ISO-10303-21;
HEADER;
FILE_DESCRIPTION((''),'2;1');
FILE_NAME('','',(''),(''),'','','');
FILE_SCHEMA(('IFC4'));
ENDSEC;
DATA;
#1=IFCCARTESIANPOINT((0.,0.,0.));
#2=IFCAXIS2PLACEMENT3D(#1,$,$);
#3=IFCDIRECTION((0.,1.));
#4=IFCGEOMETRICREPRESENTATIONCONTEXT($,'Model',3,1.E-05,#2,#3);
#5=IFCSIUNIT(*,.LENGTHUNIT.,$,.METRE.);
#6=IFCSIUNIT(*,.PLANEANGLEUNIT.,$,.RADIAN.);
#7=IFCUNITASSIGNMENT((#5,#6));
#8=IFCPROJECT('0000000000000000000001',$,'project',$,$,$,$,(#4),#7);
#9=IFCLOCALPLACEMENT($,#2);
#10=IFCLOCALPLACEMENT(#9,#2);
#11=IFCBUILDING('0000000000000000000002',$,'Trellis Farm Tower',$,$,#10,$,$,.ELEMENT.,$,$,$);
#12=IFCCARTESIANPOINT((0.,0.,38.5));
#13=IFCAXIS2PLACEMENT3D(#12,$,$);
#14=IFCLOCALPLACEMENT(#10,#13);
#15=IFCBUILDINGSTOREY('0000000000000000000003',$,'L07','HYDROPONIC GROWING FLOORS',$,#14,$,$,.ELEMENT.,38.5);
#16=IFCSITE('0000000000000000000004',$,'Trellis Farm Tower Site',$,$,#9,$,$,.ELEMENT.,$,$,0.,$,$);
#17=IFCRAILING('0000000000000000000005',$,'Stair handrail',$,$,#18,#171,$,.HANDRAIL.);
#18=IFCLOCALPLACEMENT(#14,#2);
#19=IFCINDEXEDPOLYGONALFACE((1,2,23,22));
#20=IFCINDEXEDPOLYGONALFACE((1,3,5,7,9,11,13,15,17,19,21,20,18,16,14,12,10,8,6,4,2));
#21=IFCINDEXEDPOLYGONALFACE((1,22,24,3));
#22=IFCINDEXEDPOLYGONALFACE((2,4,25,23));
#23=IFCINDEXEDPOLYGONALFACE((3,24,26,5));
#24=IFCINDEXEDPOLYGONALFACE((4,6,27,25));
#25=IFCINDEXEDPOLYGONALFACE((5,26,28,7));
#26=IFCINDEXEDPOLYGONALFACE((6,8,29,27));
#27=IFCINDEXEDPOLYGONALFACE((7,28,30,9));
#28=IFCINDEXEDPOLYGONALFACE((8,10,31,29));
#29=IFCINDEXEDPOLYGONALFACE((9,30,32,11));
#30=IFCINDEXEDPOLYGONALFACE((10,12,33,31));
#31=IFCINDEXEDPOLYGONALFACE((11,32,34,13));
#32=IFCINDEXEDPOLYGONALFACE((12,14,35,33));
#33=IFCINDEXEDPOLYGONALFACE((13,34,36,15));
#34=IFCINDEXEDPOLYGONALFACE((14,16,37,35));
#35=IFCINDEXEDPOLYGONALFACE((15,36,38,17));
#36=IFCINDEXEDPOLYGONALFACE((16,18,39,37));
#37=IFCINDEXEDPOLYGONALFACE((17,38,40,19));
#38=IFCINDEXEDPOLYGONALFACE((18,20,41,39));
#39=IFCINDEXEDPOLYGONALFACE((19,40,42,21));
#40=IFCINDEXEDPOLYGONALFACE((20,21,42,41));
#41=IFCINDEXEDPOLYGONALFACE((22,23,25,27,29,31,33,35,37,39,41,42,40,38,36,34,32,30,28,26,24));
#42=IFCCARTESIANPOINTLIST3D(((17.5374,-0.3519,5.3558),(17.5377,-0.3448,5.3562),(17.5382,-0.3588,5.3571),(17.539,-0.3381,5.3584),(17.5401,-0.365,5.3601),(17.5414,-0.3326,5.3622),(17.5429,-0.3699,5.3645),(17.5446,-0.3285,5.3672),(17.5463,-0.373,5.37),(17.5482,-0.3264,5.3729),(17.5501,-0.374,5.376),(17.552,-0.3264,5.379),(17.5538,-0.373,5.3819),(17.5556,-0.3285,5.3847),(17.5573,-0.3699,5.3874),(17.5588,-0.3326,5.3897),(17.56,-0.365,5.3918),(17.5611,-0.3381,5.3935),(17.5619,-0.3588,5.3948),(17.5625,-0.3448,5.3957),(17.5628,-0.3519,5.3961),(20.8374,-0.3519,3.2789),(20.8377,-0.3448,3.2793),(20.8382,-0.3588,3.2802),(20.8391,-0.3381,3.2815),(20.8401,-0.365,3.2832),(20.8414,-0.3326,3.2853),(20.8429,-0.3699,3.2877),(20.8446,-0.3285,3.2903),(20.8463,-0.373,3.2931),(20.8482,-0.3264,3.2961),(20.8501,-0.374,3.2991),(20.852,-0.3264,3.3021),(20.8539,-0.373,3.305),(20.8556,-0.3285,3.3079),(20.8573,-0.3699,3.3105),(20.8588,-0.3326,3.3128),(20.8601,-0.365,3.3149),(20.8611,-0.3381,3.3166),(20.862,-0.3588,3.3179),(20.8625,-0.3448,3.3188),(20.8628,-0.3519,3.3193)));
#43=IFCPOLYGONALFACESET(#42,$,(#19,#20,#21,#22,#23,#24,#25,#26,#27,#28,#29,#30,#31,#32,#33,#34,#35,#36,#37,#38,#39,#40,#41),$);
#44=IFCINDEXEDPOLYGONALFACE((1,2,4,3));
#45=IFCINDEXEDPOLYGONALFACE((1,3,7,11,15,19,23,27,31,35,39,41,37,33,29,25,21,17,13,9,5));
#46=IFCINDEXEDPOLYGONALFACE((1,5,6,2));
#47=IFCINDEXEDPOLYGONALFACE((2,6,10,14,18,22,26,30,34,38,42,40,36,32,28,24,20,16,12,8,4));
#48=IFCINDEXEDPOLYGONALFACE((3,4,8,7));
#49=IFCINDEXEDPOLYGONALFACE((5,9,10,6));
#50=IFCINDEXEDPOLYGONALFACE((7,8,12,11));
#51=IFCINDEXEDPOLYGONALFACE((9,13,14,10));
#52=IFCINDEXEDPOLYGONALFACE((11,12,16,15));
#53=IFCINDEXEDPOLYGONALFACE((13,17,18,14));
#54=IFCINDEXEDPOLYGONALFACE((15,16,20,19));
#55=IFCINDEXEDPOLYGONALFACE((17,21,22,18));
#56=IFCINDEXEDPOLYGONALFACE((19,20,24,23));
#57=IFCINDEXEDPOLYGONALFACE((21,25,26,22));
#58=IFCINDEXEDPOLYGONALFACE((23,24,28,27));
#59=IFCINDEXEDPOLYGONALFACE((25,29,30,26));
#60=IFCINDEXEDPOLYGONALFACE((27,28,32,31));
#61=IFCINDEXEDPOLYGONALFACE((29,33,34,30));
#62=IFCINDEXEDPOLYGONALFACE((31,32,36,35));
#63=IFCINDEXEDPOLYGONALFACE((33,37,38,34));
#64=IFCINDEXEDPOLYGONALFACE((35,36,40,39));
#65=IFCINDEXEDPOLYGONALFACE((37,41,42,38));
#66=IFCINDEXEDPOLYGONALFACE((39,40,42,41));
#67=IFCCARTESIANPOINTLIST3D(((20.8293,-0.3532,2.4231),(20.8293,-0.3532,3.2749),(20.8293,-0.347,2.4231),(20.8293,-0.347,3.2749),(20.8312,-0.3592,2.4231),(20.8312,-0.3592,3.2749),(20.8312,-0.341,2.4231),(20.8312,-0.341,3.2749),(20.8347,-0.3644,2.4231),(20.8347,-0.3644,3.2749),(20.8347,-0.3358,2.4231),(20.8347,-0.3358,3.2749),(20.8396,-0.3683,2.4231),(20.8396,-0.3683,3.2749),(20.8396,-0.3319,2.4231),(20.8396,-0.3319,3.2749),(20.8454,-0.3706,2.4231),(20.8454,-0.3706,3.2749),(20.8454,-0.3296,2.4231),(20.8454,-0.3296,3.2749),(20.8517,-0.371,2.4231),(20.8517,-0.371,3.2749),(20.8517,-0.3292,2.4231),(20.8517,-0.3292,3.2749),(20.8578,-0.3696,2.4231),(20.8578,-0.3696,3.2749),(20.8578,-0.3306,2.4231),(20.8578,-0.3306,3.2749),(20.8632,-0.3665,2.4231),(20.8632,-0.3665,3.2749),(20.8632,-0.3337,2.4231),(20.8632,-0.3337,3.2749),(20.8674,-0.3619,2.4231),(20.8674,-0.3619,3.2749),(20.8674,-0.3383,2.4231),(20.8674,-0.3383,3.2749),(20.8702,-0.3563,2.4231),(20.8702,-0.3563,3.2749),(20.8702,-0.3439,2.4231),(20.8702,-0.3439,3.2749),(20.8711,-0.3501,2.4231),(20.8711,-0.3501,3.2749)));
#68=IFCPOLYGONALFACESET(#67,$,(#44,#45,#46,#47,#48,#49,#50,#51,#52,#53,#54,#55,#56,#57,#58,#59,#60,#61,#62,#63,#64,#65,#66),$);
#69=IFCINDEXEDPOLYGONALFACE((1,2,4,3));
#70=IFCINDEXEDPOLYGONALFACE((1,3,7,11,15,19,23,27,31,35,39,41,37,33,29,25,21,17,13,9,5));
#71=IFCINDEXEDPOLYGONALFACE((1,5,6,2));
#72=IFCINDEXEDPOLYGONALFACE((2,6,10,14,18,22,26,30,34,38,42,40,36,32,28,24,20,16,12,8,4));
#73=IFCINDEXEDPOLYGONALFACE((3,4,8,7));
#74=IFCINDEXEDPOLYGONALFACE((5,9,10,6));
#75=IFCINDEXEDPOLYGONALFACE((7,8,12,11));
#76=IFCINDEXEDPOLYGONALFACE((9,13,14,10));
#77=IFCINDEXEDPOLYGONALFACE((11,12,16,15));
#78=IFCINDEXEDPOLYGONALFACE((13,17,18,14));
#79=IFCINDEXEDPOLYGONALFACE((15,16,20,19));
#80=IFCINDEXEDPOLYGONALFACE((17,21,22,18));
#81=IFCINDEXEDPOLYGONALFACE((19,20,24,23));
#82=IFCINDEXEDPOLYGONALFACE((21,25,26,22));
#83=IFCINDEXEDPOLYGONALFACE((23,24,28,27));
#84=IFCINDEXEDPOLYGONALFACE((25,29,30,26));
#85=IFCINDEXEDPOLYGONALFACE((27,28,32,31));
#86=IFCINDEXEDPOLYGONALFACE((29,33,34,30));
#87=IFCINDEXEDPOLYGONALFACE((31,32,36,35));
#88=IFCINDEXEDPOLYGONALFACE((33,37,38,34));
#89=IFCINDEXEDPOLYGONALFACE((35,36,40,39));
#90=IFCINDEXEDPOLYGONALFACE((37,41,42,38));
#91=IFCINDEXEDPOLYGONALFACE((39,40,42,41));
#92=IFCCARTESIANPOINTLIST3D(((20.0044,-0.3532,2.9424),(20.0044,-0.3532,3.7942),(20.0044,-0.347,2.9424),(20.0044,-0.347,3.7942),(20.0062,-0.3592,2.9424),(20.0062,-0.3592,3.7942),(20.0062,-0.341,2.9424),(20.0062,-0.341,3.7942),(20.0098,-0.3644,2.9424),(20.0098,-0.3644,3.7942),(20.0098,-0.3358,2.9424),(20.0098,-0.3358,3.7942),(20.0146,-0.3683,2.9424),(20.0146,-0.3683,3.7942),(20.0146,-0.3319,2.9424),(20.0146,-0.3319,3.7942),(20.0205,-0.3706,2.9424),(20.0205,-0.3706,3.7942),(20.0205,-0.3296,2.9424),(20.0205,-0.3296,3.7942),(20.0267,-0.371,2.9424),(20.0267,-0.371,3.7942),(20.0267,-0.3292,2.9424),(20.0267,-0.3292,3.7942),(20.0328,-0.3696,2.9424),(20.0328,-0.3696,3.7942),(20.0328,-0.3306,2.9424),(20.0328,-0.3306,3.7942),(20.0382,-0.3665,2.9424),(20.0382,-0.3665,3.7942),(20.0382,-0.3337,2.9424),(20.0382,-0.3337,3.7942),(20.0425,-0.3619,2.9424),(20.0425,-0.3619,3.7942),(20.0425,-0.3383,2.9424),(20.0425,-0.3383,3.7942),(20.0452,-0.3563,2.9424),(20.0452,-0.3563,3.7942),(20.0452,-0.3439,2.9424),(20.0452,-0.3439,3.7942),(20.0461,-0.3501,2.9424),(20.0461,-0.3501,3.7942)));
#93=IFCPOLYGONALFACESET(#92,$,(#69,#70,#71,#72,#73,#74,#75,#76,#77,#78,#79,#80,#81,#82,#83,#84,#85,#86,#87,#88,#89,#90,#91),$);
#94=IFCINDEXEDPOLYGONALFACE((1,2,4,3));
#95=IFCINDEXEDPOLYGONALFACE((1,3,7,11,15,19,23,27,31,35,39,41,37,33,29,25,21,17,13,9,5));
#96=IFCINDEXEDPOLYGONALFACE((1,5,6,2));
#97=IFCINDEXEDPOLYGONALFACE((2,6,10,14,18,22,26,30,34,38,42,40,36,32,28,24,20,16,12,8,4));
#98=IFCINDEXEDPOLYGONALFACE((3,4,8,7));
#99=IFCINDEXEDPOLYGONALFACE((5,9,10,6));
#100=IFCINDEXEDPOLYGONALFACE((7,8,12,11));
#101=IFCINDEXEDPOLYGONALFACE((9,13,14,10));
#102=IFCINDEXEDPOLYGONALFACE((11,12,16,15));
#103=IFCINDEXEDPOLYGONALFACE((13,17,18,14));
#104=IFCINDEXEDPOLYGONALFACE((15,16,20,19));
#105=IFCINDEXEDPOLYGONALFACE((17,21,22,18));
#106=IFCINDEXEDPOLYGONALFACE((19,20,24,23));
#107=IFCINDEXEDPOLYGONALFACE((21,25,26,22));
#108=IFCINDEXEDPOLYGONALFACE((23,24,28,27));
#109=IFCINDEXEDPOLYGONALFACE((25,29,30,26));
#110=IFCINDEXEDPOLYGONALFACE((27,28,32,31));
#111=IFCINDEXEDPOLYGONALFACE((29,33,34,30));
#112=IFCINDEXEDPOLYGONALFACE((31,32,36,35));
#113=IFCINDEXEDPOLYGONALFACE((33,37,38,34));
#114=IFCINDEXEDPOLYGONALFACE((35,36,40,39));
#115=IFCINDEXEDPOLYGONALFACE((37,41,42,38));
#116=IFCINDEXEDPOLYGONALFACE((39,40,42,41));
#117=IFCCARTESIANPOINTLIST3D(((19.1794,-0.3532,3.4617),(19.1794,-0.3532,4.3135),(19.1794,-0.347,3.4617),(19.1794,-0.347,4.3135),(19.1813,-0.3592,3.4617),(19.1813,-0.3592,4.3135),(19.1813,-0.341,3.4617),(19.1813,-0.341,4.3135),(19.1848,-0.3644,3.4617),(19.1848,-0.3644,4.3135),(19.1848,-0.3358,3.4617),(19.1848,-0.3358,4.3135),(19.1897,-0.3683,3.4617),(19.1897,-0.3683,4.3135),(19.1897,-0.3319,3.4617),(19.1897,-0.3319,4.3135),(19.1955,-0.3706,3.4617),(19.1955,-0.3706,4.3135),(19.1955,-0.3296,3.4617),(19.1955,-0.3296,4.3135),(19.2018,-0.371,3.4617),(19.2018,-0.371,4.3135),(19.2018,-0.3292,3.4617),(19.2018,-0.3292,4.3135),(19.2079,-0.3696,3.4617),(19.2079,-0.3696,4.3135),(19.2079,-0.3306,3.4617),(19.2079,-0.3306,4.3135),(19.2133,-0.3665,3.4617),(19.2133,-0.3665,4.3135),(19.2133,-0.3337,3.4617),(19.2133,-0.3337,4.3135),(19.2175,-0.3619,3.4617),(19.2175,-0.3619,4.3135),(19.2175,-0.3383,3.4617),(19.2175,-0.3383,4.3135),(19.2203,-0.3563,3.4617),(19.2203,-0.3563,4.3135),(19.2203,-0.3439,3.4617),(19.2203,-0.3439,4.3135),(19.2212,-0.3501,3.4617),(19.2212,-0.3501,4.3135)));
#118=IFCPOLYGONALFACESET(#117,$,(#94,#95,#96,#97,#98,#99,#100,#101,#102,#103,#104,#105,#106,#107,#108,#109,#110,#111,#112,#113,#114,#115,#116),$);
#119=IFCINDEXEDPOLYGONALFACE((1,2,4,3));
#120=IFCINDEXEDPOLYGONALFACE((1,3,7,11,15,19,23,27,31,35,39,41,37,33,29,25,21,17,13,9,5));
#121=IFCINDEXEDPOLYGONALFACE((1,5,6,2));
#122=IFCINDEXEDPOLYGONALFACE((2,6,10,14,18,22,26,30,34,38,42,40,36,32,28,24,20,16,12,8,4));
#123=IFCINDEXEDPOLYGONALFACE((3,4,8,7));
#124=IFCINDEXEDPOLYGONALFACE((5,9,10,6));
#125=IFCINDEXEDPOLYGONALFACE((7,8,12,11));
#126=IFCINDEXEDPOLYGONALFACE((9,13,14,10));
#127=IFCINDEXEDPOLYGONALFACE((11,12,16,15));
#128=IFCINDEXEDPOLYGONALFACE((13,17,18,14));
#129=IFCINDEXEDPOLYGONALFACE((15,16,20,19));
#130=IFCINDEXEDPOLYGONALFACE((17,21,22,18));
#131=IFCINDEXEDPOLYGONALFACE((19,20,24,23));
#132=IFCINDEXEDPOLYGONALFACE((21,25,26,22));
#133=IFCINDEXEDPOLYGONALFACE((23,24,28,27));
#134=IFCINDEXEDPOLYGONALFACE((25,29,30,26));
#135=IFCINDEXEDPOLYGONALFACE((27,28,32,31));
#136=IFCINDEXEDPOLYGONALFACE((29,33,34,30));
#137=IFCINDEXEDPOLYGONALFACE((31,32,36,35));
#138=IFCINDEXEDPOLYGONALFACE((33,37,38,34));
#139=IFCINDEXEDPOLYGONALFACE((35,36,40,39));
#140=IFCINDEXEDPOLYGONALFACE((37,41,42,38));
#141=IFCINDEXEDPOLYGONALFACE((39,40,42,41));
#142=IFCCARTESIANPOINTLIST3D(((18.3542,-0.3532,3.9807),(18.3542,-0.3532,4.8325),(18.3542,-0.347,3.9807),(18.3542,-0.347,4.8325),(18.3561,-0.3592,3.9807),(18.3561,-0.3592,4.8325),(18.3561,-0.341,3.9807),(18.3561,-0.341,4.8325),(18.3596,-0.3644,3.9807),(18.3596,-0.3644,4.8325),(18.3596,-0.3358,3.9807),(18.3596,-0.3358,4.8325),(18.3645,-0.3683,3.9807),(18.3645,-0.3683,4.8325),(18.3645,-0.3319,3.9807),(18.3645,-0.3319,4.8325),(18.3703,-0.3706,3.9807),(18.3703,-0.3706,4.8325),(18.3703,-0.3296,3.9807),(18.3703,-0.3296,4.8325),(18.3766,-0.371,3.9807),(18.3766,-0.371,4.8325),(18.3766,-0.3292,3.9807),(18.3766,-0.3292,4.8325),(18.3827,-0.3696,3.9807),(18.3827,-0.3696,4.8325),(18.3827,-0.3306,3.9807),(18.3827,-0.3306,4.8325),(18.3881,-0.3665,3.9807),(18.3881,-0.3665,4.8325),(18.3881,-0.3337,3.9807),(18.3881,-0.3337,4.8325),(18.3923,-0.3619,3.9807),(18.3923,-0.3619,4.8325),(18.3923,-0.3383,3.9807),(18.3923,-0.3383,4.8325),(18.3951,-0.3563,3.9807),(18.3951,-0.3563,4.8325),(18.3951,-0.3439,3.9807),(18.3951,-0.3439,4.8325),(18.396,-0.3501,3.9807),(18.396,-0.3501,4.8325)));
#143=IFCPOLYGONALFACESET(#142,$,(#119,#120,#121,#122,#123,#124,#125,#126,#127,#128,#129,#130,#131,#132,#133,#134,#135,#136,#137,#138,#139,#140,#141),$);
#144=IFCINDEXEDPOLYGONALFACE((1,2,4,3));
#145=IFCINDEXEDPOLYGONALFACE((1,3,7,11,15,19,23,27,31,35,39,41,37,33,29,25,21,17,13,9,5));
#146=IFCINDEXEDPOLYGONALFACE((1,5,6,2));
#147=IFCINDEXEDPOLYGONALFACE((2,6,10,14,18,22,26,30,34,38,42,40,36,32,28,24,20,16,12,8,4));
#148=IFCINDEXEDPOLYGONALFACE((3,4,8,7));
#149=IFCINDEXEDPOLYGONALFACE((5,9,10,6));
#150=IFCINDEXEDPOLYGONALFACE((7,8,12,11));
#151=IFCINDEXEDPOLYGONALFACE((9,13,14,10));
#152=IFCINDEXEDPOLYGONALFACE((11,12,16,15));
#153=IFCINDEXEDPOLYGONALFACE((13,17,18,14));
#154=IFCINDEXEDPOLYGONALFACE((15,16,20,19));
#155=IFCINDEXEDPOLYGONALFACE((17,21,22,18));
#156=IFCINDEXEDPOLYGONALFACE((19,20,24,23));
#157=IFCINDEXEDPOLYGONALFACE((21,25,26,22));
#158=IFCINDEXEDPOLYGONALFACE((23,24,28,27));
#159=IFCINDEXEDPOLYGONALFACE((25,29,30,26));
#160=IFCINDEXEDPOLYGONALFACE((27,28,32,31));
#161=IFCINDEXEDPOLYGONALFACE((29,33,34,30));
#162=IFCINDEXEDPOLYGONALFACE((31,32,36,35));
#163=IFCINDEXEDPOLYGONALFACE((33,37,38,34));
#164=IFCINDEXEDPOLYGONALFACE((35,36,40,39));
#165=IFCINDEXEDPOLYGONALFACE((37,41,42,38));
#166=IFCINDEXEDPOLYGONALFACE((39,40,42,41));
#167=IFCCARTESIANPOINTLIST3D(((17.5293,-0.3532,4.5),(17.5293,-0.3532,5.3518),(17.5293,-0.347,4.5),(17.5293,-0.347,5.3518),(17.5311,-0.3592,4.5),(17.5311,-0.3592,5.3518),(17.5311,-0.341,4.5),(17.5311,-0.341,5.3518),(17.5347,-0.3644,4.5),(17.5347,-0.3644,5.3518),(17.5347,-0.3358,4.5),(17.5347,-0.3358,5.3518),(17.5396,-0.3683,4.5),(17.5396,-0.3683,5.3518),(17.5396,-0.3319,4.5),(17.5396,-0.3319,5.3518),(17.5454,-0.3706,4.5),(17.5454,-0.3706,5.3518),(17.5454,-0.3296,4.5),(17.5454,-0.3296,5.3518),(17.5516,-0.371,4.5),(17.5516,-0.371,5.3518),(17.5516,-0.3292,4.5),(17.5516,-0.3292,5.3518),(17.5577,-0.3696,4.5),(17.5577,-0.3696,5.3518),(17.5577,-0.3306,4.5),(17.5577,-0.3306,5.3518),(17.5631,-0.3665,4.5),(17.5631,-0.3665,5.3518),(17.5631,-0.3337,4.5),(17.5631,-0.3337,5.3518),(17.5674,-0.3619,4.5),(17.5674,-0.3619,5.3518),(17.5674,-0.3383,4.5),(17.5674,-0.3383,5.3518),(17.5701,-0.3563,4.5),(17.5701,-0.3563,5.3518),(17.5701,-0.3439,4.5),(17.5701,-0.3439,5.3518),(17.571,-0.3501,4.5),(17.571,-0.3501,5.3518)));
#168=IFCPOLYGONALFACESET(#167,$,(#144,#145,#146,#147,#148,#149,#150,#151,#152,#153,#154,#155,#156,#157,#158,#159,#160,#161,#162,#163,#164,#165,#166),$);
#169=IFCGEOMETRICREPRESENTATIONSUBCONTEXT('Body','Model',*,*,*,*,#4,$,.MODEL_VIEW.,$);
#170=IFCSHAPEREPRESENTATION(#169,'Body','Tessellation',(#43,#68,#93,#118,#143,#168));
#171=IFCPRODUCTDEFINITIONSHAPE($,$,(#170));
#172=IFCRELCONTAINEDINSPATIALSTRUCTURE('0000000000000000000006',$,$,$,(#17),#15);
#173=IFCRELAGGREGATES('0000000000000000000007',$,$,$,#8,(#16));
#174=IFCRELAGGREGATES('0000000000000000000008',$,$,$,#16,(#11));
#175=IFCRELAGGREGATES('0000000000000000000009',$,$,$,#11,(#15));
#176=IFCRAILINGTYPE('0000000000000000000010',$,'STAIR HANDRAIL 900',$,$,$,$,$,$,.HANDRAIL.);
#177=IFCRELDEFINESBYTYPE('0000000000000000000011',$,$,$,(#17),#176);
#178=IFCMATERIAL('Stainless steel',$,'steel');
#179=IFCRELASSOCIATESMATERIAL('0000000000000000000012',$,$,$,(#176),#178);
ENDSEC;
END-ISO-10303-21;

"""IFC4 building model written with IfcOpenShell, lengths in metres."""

from ifc_helpers import new_model, si_unit, direction, frame, origin, origin_2d, place, context, subcontext, project, spatial, circle, extrude, source, transform, mapped, material, type_object, element, save


model = new_model("IFC4")

# Units and contexts
model_context = context("Model", 3, precision=1e-05, world=origin(), true_north=direction((0.0, 1.0)))
body_context = subcontext(model_context, "Body", "Model", "MODEL_VIEW")
ifc_project = project(units=[si_unit("LENGTHUNIT", "METRE"), si_unit("PLANEANGLEUNIT", "RADIAN")], contexts=[model_context])

# Site, building, storey
site_placement = place(None, origin())
site = spatial("IfcSite", under=ifc_project, at=site_placement, Name="Trellis Farm Tower Site", CompositionType="ELEMENT", RefElevation=0.0)
building_placement = place(site_placement, origin())
building = spatial("IfcBuilding", under=site, at=building_placement, Name="Trellis Farm Tower", CompositionType="ELEMENT")
storey_placement = place(building_placement, frame((0.0, 0.0, 38.5)))
storey = spatial("IfcBuildingStorey", under=building, at=storey_placement, Name="L07", Description="HYDROPONIC GROWING FLOORS", CompositionType="ELEMENT", Elevation=38.5)

# Railing
ifc_material_1 = material(Name="Stainless steel", Category="steel")
railing_type = type_object("IfcRailingType", Name="STAIR HANDRAIL 900", PredefinedType="HANDRAIL", material=ifc_material_1)
shared_shape_1 = source(origin(), body_context, "Body", "SweptSolid", [
    extrude(circle(Radius=0.0239, at=origin_2d()), frame((0.0, 0.0, 0.876), z_axis=(-0.846337, 0.0, 0.532647), x_axis=(0.0, -1.0, 0.0)), (0.0, 0.0, 1.0), 3.8992),
    extrude(circle(Radius=0.021, at=origin_2d()), origin(), (0.0, 0.0, 1.0), 0.8518),
    extrude(circle(Radius=0.021, at=origin_2d()), frame((-0.825, 0.0, 0.5193)), (0.0, 0.0, 1.0), 0.8518),
    extrude(circle(Radius=0.021, at=origin_2d()), frame((-1.6499, 0.0, 1.0386)), (0.0, 0.0, 1.0), 0.8518),
    extrude(circle(Radius=0.021, at=origin_2d()), frame((-2.4751, 0.0, 1.5576)), (0.0, 0.0, 1.0), 0.8518),
    extrude(circle(Radius=0.021, at=origin_2d()), frame((-3.3, 0.0, 2.0769)), (0.0, 0.0, 1.0), 0.8518),
])
for number, where, name in (
    (1, (20.8501, -0.3501, 2.4231), "Stair handrail"),
):
    element("IfcRailing", number, at=place(storey_placement, frame(where)), inside=storey, type_object=railing_type, Name=name, PredefinedType="HANDRAIL", context=body_context, shape_type="MappedRepresentation", body=[
        mapped(shared_shape_1, transform((0.0, 0.0, 0.0))),
    ])

save(model, "model.ifc")
